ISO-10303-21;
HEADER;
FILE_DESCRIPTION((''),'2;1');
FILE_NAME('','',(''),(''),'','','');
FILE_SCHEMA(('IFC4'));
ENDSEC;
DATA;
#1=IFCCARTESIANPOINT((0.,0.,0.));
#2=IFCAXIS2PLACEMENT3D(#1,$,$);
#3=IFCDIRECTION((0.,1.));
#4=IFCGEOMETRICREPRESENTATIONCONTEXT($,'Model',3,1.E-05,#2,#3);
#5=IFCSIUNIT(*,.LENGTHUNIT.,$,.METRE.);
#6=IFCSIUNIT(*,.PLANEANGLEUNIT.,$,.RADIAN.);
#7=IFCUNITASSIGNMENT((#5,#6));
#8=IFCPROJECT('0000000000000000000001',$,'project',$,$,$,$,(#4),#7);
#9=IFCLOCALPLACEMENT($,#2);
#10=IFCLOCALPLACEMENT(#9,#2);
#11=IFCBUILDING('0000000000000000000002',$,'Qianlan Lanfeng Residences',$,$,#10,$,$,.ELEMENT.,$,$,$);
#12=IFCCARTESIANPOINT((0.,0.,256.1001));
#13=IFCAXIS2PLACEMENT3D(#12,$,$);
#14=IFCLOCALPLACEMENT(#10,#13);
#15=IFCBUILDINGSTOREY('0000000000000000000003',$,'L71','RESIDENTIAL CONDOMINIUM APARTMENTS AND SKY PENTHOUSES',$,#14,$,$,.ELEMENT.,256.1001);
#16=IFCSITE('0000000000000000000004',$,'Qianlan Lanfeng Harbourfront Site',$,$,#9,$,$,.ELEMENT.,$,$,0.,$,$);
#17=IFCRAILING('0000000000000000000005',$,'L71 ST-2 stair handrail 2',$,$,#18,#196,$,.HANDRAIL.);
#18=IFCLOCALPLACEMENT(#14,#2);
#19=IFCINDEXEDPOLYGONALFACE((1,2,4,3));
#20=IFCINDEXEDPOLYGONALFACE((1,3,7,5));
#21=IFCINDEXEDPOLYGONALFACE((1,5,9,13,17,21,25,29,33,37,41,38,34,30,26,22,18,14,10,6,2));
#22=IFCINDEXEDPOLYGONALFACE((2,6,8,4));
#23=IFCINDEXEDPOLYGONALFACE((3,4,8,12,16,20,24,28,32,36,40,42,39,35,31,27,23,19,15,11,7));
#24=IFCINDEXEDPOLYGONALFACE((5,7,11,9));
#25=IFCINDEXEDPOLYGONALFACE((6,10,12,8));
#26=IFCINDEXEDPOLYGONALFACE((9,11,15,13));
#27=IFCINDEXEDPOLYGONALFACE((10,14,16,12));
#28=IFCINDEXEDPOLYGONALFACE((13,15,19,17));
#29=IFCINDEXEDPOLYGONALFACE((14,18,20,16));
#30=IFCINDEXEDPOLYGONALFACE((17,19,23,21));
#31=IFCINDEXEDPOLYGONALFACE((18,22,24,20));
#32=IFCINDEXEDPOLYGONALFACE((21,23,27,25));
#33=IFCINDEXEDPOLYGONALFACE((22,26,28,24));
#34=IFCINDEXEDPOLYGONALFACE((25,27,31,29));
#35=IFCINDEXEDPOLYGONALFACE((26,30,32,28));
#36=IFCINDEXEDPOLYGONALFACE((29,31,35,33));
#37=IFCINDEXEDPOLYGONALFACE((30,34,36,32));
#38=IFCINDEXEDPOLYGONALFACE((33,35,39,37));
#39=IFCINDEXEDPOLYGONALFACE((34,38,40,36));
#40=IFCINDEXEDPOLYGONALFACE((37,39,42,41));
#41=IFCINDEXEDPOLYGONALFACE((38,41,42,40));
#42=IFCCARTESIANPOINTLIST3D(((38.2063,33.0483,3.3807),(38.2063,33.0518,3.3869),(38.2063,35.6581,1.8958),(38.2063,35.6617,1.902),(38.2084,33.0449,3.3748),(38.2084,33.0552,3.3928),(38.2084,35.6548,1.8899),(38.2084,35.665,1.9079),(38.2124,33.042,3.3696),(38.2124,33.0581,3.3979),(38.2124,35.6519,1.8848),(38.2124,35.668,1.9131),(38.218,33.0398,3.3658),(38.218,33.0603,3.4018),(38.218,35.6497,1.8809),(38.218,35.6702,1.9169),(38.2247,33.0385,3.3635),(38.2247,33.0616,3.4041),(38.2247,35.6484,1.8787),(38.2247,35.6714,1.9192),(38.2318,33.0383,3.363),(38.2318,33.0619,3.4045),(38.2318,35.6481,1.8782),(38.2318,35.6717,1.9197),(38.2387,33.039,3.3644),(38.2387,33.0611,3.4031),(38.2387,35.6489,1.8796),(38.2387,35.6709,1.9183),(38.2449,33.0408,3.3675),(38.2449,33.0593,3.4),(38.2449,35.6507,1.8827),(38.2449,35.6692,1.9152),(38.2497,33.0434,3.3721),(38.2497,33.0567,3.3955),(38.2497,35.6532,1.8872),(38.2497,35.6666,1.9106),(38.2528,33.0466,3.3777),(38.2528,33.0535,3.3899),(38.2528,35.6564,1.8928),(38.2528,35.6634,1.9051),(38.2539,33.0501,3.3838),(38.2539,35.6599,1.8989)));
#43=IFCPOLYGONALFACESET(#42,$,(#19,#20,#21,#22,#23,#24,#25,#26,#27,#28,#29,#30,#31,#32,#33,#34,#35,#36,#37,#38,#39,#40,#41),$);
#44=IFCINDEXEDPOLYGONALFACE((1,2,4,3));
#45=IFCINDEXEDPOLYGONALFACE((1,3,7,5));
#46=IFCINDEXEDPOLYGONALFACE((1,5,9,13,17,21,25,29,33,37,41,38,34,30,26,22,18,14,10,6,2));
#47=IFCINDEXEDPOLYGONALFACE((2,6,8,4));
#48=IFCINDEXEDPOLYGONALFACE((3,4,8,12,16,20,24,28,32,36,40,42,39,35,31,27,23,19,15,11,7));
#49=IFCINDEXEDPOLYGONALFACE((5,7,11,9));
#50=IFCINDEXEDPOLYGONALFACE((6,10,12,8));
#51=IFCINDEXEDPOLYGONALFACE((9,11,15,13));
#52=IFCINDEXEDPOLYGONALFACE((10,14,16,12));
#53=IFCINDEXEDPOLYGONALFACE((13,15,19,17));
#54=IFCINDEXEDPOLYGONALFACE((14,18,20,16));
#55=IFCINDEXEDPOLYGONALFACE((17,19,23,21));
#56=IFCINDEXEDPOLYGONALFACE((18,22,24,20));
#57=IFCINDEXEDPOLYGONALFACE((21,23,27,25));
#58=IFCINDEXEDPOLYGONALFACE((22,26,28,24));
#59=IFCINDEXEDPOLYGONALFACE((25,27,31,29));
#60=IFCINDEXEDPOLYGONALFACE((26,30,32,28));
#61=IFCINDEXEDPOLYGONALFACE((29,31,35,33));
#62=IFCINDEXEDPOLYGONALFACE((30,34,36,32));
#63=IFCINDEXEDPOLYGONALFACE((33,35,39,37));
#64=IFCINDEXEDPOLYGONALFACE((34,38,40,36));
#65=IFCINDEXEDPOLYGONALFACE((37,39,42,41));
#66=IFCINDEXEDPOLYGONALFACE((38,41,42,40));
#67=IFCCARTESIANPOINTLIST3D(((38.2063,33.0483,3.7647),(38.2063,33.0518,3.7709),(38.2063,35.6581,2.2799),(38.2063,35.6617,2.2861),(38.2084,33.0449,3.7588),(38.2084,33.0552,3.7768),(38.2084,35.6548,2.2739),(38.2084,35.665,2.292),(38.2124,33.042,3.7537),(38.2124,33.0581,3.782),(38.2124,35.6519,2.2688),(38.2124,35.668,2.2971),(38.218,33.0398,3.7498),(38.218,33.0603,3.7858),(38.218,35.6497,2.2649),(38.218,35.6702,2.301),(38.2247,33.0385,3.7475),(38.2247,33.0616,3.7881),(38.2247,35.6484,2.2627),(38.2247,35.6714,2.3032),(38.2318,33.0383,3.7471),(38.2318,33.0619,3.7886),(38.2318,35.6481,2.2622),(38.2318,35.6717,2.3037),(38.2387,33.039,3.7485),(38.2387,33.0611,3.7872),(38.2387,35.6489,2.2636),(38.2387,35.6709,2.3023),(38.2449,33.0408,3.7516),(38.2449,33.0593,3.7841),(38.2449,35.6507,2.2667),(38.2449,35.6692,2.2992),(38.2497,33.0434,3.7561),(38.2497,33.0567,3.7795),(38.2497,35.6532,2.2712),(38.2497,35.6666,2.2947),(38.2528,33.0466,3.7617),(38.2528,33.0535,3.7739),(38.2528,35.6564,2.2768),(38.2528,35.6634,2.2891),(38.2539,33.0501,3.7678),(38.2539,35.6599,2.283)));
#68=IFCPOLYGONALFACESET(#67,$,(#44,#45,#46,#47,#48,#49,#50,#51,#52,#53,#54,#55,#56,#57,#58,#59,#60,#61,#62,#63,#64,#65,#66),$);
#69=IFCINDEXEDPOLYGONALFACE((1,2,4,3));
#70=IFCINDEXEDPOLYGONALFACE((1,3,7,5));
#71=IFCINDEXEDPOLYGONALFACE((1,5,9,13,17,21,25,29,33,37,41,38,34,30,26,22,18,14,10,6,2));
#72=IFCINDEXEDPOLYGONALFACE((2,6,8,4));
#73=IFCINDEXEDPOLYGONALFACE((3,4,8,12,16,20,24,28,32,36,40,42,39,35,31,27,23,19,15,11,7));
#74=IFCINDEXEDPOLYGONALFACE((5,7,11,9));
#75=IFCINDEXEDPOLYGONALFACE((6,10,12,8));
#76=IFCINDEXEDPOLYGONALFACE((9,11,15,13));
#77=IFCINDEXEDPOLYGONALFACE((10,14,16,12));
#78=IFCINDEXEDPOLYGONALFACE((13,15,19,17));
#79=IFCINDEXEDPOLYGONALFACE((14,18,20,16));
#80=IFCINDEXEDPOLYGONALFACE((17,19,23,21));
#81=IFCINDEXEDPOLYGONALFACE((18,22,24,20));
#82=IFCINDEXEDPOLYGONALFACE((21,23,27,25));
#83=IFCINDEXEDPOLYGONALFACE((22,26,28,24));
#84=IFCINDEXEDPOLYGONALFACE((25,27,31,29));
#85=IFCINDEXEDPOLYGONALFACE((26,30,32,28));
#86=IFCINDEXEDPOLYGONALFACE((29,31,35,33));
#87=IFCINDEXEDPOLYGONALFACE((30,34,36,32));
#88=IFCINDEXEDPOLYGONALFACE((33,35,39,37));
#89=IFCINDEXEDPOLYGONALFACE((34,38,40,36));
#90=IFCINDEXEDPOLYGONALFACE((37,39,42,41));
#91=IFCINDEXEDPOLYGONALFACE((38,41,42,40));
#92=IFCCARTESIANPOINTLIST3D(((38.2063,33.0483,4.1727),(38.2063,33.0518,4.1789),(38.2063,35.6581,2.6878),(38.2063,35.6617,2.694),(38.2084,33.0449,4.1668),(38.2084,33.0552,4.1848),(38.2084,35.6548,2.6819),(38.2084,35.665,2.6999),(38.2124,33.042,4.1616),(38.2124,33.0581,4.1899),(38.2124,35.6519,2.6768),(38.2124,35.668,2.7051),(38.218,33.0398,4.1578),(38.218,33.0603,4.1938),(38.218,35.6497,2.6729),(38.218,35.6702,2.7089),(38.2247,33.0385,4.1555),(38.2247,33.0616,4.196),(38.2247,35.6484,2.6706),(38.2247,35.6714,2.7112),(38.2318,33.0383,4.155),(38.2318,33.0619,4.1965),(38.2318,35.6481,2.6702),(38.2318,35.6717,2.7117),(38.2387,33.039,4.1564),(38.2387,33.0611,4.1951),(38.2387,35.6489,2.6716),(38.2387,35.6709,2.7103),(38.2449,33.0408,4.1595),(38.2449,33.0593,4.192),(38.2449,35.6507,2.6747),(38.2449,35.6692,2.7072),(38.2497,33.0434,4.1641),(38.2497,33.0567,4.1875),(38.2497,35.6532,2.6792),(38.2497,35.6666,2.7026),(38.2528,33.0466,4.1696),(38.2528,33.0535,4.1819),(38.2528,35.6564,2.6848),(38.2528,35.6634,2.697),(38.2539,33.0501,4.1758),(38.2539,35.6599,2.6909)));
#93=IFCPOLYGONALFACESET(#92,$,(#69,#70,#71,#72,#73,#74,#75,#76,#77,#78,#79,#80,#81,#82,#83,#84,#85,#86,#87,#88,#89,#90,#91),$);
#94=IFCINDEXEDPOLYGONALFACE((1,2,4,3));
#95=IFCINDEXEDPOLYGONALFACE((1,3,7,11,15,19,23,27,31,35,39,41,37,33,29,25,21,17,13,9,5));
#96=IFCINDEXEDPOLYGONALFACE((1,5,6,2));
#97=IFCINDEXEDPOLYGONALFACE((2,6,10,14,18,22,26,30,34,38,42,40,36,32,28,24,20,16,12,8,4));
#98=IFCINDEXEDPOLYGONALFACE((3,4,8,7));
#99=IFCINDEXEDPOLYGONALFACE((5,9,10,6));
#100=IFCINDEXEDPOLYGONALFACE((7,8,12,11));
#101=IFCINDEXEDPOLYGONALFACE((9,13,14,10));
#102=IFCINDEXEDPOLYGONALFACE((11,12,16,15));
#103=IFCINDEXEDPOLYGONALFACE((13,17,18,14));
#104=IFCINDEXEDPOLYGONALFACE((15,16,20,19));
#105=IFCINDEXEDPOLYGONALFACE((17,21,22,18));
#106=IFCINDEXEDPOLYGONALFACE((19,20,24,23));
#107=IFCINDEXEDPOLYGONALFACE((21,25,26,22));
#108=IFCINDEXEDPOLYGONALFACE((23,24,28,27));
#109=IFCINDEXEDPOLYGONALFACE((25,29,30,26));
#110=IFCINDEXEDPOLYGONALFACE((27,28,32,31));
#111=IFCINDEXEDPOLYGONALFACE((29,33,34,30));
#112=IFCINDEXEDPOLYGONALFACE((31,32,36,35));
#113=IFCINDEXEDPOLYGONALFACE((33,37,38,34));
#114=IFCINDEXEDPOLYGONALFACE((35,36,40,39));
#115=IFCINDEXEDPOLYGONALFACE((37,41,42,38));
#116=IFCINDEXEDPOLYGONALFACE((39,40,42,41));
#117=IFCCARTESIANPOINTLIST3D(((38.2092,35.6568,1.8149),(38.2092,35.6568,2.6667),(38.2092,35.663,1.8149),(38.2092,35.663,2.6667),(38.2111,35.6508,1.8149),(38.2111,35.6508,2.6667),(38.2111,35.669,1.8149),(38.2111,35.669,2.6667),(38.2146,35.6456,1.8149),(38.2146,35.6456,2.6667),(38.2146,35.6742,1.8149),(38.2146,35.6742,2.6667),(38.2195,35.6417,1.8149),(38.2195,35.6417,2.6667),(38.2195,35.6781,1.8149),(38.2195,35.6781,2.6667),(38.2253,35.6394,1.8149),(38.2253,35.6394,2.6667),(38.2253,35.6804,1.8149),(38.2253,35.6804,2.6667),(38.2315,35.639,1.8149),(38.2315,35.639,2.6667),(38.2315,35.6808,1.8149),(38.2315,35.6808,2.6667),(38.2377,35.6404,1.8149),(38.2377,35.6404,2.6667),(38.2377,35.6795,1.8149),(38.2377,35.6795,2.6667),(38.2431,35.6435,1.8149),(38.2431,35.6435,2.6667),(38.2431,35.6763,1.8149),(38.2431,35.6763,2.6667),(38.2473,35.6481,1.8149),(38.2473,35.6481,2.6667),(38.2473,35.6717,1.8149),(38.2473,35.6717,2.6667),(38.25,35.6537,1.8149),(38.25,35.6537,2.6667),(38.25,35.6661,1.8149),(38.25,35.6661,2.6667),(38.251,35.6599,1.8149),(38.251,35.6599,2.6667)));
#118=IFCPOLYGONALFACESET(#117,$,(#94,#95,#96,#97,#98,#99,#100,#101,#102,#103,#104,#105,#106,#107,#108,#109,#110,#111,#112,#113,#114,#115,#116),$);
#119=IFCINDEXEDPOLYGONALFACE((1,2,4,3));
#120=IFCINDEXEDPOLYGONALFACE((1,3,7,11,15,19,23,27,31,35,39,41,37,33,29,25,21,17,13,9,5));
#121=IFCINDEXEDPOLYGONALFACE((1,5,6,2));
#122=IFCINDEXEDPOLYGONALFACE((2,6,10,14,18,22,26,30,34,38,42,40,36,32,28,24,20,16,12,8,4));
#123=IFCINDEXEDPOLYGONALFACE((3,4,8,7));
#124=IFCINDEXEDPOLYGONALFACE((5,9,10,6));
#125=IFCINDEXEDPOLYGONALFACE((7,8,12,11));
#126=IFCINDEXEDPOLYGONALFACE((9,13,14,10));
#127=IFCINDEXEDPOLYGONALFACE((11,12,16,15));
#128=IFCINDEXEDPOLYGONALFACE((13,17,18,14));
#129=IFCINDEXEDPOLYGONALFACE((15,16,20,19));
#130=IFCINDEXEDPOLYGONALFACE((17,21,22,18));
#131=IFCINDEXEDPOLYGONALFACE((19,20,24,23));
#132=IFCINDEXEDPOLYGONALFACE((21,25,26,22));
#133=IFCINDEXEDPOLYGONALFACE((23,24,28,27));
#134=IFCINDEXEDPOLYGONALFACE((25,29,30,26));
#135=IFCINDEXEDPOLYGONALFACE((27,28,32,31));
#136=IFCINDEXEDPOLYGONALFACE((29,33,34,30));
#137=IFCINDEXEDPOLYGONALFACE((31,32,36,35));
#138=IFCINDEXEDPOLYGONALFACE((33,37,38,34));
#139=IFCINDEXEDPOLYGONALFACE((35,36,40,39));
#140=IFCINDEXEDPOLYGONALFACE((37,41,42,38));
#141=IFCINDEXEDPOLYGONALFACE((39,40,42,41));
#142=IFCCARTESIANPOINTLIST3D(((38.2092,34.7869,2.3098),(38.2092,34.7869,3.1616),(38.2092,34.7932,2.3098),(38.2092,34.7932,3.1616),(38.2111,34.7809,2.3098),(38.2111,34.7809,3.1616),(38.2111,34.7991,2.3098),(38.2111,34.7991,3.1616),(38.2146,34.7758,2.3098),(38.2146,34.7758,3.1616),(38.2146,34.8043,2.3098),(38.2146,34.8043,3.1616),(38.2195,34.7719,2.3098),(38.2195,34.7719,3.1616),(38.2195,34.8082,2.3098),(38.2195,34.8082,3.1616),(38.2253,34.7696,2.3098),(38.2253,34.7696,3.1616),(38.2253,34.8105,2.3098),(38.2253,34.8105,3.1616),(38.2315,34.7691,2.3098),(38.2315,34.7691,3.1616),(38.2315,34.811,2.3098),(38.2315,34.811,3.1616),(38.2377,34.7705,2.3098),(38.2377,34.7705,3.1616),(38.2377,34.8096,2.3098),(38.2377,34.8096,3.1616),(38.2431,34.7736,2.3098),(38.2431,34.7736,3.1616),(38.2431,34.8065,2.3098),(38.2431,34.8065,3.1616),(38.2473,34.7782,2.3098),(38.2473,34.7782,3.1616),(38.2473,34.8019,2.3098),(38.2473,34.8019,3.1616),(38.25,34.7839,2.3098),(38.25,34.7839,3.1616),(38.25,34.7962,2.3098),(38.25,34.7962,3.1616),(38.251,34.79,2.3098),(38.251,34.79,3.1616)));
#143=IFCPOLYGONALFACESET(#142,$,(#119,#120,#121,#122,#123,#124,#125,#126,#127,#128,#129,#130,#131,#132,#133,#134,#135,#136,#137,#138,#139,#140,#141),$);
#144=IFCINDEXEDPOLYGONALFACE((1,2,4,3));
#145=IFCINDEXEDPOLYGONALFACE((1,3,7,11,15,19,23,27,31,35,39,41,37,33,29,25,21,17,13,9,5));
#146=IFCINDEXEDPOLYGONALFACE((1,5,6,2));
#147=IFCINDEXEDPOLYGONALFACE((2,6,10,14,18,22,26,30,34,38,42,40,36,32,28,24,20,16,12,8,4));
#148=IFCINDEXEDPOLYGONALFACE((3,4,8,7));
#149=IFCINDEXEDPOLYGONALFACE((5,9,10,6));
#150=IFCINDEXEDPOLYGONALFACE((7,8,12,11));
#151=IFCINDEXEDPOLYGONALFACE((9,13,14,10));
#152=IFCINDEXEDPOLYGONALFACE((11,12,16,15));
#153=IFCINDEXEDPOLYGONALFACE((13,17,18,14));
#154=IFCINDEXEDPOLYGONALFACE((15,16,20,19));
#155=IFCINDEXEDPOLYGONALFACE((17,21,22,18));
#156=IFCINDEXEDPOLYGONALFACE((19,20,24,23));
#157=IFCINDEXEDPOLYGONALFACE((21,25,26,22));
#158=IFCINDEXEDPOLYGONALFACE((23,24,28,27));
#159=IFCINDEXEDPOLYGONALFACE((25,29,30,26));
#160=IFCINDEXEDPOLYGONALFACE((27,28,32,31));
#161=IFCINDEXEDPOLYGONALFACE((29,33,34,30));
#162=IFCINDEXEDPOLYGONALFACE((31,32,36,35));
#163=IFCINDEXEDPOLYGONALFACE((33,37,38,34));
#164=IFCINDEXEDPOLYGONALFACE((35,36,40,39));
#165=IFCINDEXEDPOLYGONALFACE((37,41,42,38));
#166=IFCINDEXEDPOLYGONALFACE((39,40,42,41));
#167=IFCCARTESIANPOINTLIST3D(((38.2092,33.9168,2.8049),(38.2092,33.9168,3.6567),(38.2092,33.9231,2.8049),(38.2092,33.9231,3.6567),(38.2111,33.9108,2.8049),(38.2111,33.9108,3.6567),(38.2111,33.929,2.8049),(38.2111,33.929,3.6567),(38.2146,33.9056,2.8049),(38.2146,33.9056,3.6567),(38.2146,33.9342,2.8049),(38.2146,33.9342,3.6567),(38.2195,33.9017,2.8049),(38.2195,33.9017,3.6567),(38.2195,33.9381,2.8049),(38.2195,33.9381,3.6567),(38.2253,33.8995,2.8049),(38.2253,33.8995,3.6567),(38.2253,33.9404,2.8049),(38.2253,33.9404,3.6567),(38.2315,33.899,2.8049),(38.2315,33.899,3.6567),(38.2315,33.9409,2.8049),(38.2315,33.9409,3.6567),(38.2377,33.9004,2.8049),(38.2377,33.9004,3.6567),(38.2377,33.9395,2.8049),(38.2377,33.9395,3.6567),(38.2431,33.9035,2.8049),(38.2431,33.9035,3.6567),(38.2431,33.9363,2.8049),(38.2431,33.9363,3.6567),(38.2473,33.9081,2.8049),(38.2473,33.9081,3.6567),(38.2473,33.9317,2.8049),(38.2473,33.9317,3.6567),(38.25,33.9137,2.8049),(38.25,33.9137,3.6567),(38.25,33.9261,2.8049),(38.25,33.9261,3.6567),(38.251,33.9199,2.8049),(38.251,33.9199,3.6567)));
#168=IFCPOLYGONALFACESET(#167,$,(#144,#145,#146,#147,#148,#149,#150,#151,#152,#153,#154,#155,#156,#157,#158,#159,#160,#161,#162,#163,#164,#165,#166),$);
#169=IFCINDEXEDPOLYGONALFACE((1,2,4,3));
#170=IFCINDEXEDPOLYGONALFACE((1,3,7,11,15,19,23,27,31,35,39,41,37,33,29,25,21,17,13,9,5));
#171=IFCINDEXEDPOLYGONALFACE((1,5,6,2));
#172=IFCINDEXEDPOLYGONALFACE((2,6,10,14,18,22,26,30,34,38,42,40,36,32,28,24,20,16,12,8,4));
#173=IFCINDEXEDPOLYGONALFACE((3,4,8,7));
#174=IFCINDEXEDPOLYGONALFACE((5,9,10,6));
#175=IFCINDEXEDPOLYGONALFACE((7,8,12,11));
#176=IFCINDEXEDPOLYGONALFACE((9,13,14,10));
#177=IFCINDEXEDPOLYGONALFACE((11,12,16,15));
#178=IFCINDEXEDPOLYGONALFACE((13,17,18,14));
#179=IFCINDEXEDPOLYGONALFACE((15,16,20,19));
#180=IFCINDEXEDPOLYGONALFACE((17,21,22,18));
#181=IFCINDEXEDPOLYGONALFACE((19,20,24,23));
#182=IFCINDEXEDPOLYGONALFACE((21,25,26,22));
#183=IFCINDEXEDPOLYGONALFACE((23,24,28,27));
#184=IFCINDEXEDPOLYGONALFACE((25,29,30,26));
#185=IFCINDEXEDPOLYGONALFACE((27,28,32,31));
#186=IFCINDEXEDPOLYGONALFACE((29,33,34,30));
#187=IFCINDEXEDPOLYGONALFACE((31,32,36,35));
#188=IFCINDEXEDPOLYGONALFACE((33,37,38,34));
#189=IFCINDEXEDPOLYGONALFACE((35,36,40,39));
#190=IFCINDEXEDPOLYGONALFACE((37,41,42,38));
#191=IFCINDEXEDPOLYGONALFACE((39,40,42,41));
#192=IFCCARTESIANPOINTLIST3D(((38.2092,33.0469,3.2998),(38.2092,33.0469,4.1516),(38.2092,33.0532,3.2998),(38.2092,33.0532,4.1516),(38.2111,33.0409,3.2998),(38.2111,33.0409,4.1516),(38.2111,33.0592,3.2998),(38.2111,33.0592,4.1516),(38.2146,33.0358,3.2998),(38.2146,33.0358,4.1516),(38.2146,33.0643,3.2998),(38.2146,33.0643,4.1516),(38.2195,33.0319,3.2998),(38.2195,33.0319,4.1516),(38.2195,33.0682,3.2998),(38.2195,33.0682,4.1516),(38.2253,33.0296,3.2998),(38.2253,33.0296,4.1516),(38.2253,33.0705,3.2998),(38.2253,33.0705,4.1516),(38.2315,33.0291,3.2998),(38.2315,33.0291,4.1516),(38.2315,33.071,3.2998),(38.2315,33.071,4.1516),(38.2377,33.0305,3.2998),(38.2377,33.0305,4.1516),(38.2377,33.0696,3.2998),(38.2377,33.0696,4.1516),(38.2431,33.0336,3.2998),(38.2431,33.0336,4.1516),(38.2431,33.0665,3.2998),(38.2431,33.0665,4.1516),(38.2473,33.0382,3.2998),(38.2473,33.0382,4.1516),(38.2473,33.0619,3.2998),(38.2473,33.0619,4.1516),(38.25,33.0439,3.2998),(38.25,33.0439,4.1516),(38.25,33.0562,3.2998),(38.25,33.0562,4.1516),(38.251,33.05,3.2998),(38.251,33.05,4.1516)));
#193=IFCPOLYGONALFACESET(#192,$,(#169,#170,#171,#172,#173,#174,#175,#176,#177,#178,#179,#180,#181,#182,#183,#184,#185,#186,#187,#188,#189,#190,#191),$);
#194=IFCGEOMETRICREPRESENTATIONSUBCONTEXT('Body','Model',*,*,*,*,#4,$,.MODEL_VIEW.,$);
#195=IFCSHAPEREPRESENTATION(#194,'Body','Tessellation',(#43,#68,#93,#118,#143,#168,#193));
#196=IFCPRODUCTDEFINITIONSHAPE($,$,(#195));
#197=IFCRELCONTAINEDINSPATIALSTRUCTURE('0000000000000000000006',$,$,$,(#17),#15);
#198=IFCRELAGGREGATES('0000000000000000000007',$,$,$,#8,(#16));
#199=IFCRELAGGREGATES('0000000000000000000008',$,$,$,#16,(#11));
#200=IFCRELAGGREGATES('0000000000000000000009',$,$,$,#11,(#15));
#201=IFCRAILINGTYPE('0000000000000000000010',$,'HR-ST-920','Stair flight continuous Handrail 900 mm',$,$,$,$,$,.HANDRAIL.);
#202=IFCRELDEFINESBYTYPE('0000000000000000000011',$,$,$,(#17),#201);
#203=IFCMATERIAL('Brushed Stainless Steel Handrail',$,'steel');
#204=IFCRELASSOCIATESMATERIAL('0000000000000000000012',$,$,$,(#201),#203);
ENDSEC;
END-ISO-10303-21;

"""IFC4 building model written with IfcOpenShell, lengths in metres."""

from ifc_helpers import new_model, si_unit, direction, frame, origin, origin_2d, place, context, subcontext, project, spatial, circle, extrude, material, type_object, element, save


model = new_model("IFC4")

# Units and contexts
model_context = context("Model", 3, precision=1e-05, world=origin(), true_north=direction((0.0, 1.0)))
body_context = subcontext(model_context, "Body", "Model", "MODEL_VIEW")
ifc_project = project(units=[si_unit("LENGTHUNIT", "METRE"), si_unit("PLANEANGLEUNIT", "RADIAN")], contexts=[model_context])

# Site, building, storey
site_placement = place(None, origin())
site = spatial("IfcSite", under=ifc_project, at=site_placement, Name="Qianlan Lanfeng Harbourfront Site", CompositionType="ELEMENT", RefElevation=0.0)
building_placement = place(site_placement, origin())
building = spatial("IfcBuilding", under=site, at=building_placement, Name="Qianlan Lanfeng Residences", CompositionType="ELEMENT")
storey_placement = place(building_placement, frame((0.0, 0.0, 256.1001)))
storey = spatial("IfcBuildingStorey", under=building, at=storey_placement, Name="L71", Description="RESIDENTIAL CONDOMINIUM APARTMENTS AND SKY PENTHOUSES", CompositionType="ELEMENT", Elevation=256.1001)

# Railing
ifc_material_1 = material(Name="Brushed Stainless Steel Handrail", Category="steel")
railing_type_1 = type_object("IfcRailingType", Name="HR-ST-920", Description="Stair flight continuous Handrail 900 mm", PredefinedType="HANDRAIL", material=ifc_material_1)
railing_1_placement = place(storey_placement, frame((38.23, 35.6599, 1.8149)))
element("IfcRailing", 1, at=railing_1_placement, inside=storey, type_object=railing_type_1, Name="L71 ST-2 stair handrail 2", PredefinedType="HANDRAIL", context=body_context, shape_type="SweptSolid", body=[
    extrude(circle(Radius=0.0239, at=origin_2d()), frame((0.0, 0.0, 0.084), z_axis=(0.0, -0.869172, 0.494509), x_axis=(1.0, 0.0, 0.0)), (0.0, 0.0, 1.0), 3.0027),
    extrude(circle(Radius=0.0239, at=origin_2d()), frame((0.0, 0.0, 0.468), z_axis=(0.0, -0.869172, 0.494509), x_axis=(1.0, 0.0, 0.0)), (0.0, 0.0, 1.0), 3.0027),
    extrude(circle(Radius=0.0239, at=origin_2d()), frame((0.0, 0.0, 0.876), z_axis=(0.0, -0.869172, 0.494509), x_axis=(1.0, 0.0, 0.0)), (0.0, 0.0, 1.0), 3.0027),
    extrude(circle(Radius=0.021, at=origin_2d()), origin(), (0.0, 0.0, 1.0), 0.8518),
    extrude(circle(Radius=0.021, at=origin_2d()), frame((0.0, -0.8699, 0.4949)), (0.0, 0.0, 1.0), 0.8518),
    extrude(circle(Radius=0.021, at=origin_2d()), frame((0.0, -1.74, 0.99)), (0.0, 0.0, 1.0), 0.8518),
    extrude(circle(Radius=0.021, at=origin_2d()), frame((0.0, -2.6099, 1.4849)), (0.0, 0.0, 1.0), 0.8518),
])

save(model, "model.ifc")
